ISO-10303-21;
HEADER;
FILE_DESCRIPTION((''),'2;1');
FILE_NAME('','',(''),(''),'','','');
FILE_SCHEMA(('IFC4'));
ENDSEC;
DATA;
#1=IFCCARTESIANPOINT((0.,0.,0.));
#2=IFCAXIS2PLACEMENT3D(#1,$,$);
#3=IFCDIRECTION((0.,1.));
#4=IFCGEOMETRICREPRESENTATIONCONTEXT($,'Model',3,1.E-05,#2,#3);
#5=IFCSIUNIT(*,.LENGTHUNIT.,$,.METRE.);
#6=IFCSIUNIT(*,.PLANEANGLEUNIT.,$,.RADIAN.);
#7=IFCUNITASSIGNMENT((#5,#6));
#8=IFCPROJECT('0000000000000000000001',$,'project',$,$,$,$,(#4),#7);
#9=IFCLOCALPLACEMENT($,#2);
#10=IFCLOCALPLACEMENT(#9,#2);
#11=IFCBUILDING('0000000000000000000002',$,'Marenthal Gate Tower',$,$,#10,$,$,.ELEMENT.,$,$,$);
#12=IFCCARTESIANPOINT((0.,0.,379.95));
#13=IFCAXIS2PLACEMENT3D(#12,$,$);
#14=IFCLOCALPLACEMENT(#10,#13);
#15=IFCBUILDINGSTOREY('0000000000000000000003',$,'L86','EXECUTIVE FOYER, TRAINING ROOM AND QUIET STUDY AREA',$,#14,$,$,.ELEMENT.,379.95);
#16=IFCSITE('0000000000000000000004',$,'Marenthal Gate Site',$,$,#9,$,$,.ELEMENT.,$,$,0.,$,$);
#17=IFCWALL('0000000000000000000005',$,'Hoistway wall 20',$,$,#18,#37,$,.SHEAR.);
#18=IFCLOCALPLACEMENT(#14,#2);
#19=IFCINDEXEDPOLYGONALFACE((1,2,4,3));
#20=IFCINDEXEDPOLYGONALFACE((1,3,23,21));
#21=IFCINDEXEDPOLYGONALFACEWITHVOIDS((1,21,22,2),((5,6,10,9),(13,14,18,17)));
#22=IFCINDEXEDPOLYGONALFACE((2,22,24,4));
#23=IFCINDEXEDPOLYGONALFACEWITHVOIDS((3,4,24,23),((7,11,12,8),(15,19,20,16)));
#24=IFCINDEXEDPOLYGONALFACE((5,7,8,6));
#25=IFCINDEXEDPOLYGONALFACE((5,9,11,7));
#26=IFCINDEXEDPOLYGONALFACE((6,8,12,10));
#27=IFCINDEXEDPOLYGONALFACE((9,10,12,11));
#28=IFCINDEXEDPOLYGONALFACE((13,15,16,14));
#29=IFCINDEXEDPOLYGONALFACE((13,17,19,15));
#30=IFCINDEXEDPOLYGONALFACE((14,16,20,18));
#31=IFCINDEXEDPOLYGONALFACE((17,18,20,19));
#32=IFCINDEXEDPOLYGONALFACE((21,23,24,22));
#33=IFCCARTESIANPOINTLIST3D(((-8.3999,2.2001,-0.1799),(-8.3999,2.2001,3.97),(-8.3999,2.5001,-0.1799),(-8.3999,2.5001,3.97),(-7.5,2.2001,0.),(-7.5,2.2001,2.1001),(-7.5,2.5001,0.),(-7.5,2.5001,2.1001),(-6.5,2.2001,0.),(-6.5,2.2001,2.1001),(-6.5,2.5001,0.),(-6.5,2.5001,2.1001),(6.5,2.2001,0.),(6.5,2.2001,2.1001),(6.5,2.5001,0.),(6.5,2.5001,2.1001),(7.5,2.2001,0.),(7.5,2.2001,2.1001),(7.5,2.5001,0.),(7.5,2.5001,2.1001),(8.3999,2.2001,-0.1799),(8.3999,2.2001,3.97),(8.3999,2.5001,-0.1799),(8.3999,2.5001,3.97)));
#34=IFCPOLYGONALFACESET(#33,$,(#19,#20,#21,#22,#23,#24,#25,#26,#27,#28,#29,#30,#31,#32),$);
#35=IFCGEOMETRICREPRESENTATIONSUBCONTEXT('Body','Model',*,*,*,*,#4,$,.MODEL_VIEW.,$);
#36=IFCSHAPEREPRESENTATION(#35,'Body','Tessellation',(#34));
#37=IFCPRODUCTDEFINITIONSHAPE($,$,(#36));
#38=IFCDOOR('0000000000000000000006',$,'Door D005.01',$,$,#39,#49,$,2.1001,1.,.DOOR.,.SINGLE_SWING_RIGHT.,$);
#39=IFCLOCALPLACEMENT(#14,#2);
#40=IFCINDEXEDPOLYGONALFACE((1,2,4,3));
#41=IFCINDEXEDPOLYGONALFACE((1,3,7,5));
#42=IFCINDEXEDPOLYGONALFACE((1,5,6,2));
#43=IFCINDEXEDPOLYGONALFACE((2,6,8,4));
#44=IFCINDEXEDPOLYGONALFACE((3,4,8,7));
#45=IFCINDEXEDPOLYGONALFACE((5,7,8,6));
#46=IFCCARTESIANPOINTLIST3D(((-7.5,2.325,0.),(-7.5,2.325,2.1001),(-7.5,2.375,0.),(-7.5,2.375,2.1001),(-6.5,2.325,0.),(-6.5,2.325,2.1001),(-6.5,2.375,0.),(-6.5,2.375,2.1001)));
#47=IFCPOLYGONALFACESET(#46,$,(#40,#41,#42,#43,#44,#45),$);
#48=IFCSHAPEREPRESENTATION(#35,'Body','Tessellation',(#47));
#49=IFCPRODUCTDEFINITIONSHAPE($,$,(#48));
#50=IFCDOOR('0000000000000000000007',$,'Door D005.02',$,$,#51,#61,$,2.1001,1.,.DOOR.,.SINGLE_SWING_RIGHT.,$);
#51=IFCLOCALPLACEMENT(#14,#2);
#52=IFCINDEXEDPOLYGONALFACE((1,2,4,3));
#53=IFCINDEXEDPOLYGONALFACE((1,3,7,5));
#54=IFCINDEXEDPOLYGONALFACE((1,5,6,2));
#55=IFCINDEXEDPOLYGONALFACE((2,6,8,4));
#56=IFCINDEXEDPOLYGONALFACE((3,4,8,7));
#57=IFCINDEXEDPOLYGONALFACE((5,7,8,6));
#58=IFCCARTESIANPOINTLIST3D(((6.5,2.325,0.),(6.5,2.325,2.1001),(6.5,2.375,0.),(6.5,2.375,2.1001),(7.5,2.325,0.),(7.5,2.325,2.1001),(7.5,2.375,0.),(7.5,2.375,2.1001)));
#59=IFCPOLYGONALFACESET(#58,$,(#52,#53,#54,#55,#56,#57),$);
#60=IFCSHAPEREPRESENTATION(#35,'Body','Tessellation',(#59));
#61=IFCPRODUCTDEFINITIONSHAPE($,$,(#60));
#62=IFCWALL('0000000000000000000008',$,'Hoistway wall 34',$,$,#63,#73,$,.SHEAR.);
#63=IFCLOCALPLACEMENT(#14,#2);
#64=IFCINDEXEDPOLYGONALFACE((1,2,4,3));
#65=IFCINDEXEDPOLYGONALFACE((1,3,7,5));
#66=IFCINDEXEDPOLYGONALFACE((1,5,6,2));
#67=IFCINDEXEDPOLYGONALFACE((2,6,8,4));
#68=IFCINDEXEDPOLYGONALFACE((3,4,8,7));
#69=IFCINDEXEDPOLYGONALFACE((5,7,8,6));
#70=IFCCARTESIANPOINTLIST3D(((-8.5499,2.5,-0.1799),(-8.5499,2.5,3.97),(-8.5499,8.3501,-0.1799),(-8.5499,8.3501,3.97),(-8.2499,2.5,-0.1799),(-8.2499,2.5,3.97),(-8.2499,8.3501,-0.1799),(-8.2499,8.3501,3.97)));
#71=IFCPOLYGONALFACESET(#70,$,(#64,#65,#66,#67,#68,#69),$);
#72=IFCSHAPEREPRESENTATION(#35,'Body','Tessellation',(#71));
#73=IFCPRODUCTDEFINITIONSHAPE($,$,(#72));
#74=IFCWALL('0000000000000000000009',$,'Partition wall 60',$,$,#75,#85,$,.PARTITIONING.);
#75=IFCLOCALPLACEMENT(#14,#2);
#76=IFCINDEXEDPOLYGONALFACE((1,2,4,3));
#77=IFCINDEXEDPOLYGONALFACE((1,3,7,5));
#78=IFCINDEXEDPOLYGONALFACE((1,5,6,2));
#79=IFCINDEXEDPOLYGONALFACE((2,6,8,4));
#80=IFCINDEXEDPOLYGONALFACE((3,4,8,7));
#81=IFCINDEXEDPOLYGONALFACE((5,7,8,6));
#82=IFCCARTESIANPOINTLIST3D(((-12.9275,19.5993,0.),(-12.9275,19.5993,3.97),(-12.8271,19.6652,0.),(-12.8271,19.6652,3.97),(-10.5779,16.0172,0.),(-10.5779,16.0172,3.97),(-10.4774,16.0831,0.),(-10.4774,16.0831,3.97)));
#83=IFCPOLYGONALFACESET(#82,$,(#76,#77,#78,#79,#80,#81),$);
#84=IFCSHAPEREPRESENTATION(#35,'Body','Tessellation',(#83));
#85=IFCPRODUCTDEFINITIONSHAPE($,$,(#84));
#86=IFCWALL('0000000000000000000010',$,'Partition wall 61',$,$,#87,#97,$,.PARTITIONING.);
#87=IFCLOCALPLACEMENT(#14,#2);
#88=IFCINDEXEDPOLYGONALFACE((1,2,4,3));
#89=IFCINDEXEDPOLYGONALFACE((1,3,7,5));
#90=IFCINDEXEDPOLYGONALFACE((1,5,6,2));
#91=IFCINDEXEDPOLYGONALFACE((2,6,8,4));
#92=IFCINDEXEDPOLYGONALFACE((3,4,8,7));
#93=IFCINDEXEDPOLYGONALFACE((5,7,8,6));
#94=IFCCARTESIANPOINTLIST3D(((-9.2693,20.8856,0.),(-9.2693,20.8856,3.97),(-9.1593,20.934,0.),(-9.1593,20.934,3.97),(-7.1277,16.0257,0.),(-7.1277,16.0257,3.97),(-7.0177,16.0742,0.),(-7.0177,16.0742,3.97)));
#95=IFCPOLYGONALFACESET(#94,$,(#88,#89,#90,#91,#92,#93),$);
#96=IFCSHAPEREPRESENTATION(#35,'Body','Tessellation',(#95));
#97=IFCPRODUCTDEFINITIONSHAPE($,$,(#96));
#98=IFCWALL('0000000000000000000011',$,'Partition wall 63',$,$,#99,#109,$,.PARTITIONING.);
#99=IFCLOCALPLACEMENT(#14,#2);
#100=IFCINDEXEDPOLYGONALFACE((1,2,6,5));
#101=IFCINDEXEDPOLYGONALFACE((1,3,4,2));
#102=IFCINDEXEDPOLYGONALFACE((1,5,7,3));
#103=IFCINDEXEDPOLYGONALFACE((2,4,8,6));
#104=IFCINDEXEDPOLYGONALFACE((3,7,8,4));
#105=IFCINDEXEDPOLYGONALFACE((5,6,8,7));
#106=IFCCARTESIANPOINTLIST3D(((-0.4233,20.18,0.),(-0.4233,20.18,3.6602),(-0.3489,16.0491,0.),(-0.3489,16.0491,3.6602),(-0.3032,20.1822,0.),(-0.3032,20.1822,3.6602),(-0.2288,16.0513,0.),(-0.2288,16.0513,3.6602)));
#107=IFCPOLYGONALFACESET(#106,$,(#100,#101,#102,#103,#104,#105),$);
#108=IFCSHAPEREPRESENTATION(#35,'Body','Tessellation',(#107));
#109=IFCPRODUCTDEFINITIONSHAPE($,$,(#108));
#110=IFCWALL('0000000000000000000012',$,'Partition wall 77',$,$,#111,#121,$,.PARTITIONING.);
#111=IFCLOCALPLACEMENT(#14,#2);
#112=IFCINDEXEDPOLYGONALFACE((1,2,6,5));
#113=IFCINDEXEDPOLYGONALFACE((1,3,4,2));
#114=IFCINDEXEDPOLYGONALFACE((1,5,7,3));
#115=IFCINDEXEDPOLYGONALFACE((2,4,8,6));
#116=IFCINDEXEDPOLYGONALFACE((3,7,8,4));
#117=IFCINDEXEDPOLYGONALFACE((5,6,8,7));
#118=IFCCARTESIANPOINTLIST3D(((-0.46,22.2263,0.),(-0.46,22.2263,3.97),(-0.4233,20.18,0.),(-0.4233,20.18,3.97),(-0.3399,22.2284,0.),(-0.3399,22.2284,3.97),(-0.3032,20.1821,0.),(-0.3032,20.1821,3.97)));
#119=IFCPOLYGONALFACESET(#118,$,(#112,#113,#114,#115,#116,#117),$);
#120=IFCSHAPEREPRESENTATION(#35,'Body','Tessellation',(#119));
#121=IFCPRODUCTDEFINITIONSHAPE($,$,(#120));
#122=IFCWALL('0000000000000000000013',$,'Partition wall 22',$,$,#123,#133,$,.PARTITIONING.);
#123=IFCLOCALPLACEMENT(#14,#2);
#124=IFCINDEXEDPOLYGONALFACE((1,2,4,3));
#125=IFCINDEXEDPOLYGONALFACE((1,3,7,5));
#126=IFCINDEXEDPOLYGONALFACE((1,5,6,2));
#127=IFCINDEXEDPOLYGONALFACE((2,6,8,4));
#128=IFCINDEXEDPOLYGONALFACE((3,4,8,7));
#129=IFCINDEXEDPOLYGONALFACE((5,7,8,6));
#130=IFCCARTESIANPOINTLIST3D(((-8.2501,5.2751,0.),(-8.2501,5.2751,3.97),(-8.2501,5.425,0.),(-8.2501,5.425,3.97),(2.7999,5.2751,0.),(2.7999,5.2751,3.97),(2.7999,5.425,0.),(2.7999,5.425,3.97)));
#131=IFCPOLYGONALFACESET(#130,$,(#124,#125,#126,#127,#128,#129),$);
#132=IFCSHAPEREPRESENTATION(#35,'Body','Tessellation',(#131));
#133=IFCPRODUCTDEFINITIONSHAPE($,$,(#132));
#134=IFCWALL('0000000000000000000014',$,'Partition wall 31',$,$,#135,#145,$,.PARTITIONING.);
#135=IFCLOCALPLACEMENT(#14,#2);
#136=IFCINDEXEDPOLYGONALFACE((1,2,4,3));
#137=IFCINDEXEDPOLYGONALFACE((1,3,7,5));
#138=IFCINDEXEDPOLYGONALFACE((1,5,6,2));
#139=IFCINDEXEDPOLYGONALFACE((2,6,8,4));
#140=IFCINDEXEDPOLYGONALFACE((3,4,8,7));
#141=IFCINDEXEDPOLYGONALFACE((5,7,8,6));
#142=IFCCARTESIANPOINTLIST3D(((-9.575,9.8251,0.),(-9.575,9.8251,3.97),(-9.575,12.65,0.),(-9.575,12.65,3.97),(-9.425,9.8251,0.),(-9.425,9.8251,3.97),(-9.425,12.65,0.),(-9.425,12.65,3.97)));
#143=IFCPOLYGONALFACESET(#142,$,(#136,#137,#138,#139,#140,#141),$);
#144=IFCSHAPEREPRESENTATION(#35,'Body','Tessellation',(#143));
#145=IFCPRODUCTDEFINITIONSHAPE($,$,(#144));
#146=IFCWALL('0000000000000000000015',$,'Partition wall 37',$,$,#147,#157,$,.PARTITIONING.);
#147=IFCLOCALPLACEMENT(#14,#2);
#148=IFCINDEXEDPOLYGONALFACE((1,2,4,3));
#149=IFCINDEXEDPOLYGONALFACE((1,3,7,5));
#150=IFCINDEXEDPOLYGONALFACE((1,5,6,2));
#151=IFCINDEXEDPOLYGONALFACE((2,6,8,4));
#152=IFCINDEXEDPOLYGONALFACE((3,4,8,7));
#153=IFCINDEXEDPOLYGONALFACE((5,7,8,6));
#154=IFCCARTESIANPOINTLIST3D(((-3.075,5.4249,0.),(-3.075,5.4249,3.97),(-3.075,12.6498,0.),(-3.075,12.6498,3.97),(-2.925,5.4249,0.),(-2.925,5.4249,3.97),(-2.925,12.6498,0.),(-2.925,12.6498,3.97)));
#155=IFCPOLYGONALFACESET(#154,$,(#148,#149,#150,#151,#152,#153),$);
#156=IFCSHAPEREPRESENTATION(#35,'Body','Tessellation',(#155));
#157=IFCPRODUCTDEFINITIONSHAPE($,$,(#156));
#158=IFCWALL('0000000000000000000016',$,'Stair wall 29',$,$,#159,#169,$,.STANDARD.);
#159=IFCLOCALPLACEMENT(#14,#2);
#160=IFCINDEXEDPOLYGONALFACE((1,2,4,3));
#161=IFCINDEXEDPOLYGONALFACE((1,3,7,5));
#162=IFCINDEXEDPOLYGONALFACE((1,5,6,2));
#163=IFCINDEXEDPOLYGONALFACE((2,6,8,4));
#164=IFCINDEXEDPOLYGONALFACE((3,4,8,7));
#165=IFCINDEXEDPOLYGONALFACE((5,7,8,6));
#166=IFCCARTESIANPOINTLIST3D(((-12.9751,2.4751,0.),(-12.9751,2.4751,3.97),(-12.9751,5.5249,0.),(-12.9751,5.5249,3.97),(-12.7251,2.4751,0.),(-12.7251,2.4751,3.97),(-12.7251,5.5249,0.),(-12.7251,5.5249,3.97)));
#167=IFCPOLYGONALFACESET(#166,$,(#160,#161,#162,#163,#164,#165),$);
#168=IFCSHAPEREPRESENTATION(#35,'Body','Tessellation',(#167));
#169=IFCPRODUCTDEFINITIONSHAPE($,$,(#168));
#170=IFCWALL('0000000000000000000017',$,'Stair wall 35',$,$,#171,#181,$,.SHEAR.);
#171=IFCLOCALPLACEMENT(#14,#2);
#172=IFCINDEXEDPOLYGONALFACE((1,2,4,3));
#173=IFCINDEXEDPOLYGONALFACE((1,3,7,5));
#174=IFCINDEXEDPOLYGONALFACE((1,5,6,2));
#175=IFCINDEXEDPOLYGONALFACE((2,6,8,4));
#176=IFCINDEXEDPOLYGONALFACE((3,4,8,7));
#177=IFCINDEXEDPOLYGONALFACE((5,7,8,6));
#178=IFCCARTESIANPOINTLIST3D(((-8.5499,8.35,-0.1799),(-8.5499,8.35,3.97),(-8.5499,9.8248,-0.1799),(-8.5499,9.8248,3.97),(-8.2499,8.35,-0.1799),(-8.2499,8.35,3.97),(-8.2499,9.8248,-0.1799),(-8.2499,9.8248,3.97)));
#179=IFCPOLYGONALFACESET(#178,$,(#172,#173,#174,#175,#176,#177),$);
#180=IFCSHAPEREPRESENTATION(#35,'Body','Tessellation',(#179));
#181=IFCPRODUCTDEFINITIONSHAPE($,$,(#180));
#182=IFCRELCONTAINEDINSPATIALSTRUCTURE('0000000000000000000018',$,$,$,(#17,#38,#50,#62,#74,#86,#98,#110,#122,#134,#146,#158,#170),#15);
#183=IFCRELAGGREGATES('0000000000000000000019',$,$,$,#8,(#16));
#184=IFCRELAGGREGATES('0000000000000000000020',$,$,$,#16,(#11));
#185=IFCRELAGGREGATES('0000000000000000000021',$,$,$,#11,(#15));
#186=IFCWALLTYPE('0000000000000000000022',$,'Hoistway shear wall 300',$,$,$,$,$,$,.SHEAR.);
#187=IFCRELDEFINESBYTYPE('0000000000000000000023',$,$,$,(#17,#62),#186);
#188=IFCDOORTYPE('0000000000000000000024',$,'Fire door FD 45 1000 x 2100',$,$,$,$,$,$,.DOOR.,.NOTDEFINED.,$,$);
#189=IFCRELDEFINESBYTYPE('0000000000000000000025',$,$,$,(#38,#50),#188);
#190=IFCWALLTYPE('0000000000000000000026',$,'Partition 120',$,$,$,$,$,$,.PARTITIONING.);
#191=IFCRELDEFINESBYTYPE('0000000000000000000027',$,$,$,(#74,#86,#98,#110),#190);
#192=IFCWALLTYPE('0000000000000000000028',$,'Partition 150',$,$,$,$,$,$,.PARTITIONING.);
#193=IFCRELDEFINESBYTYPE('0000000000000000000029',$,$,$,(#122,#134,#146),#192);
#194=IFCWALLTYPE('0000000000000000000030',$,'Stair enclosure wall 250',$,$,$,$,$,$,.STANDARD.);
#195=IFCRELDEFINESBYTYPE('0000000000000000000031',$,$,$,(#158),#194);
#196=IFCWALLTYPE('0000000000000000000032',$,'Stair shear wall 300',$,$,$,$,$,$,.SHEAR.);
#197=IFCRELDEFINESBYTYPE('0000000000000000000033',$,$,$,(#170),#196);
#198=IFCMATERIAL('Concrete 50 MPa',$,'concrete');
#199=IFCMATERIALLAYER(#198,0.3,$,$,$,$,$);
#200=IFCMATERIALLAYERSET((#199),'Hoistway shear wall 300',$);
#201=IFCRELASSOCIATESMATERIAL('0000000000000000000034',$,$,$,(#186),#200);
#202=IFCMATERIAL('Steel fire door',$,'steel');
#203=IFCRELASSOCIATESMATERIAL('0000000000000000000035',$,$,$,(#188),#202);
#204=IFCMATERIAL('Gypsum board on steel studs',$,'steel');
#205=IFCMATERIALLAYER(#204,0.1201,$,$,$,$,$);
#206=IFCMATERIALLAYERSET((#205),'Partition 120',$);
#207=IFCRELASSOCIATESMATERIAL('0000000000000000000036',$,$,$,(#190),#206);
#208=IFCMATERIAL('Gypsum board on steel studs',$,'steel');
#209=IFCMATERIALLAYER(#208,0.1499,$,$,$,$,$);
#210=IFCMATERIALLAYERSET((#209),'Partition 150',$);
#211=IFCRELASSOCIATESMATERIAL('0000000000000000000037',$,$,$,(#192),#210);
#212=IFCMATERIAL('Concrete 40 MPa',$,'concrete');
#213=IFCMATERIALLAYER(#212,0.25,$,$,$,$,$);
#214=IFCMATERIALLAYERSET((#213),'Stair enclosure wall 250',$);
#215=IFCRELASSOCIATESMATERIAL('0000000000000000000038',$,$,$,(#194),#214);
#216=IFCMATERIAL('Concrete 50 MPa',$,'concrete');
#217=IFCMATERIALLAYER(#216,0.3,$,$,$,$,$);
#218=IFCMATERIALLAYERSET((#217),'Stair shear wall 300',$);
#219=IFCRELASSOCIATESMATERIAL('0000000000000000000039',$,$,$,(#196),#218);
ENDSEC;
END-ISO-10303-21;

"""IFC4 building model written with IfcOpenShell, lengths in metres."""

from ifc_helpers import new_model, si_unit, direction, frame, frame_2d, origin, place, context, subcontext, project, spatial, rectangle, extrude, material, layer, layer_set, type_object, element, fill, save


model = new_model("IFC4")

# Units and contexts
model_context = context("Model", 3, precision=1e-05, world=origin(), true_north=direction((0.0, 1.0)))
body_context = subcontext(model_context, "Body", "Model", "MODEL_VIEW")
ifc_project = project(units=[si_unit("LENGTHUNIT", "METRE"), si_unit("PLANEANGLEUNIT", "RADIAN")], contexts=[model_context])

# Site, building, storey
site_placement = place(None, origin())
site = spatial("IfcSite", under=ifc_project, at=site_placement, Name="Marenthal Gate Site", CompositionType="ELEMENT", RefElevation=0.0)
building_placement = place(site_placement, origin())
building = spatial("IfcBuilding", under=site, at=building_placement, Name="Marenthal Gate Tower", CompositionType="ELEMENT")
storey_placement = place(building_placement, frame((0.0, 0.0, 379.95)))
storey = spatial("IfcBuildingStorey", under=building, at=storey_placement, Name="L86", Description="EXECUTIVE FOYER, TRAINING ROOM AND QUIET STUDY AREA", CompositionType="ELEMENT", Elevation=379.95)

# Wall, openings, doors
ifc_material_1 = material(Name="Concrete 50 MPa", Category="concrete")
ifc_layer_1 = layer(ifc_material_1, 0.3)
ifc_layer_set_1 = layer_set([ifc_layer_1], Name="Hoistway shear wall 300")
wall_type_1 = type_object("IfcWallType", Name="Hoistway shear wall 300", PredefinedType="SHEAR", material=ifc_layer_set_1)
wall_1_placement = place(storey_placement, frame((-8.3999, 2.3501, -0.1799), z_axis=(0.0, 0.0, 1.0), x_axis=(1.0, 0.0, 0.0)))
wall_1 = element("IfcWall", 1, at=wall_1_placement, inside=storey, type_object=wall_type_1, Name="Hoistway wall 20", PredefinedType="SHEAR", context=body_context, shape_type="SweptSolid", body=[
    extrude(rectangle(XDim=16.7998, YDim=0.3, at=frame_2d((8.3999, 0.0))), origin(), (0.0, 0.0, 1.0), 4.1499),
])
opening_1_placement = place(wall_1_placement, frame((0.8999, 0.0, 0.1799)))
opening_1 = element("IfcOpeningElement", 2, at=opening_1_placement, cuts=wall_1, PredefinedType="OPENING", context=body_context, shape_type="SweptSolid", body=[
    extrude(rectangle(XDim=1.0, YDim=2.1001, at=frame_2d((0.5, 1.05))), frame((0.0, 0.1602, 0.0), z_axis=(0.0, -1.0, 0.0), x_axis=(1.0, 0.0, 0.0)), (0.0, 0.0, 1.0), 0.3201),
])
opening_2_placement = place(wall_1_placement, frame((14.8999, 0.0, 0.1799)))
opening_2 = element("IfcOpeningElement", 3, at=opening_2_placement, cuts=wall_1, PredefinedType="OPENING", context=body_context, shape_type="SweptSolid", body=[
    extrude(rectangle(XDim=1.0, YDim=2.1001, at=frame_2d((0.5, 1.05))), frame((0.0, 0.1602, 0.0), z_axis=(0.0, -1.0, 0.0), x_axis=(1.0, 0.0, 0.0)), (0.0, 0.0, 1.0), 0.3201),
])
ifc_material_2 = material(Name="Steel fire door", Category="steel")
door_type_1 = type_object("IfcDoorType", Name="Fire door FD 45 1000 x 2100", OperationType="NOTDEFINED", PredefinedType="DOOR", material=ifc_material_2)
door_1_placement = place(opening_1_placement, origin())
door_1 = element("IfcDoor", 4, at=door_1_placement, inside=storey, type_object=door_type_1, Name="Door D005.01", OperationType="SINGLE_SWING_RIGHT", OverallHeight=2.1001, OverallWidth=1.0, PredefinedType="DOOR", context=body_context, shape_type="SweptSolid", body=[
    extrude(rectangle(XDim=1.0, YDim=2.1001, at=frame_2d((0.5, 1.05))), frame((0.0, 0.0249, 0.0), z_axis=(0.0, -1.0, 0.0), x_axis=(1.0, 0.0, 0.0)), (0.0, 0.0, 1.0), 0.05),
])
fill(opening_1, door_1)
door_2_placement = place(opening_2_placement, origin())
door_2 = element("IfcDoor", 5, at=door_2_placement, inside=storey, type_object=door_type_1, Name="Door D005.02", OperationType="SINGLE_SWING_RIGHT", OverallHeight=2.1001, OverallWidth=1.0, PredefinedType="DOOR", context=body_context, shape_type="SweptSolid", body=[
    extrude(rectangle(XDim=1.0, YDim=2.1001, at=frame_2d((0.5, 1.05))), frame((0.0, 0.0249, 0.0), z_axis=(0.0, -1.0, 0.0), x_axis=(1.0, 0.0, 0.0)), (0.0, 0.0, 1.0), 0.05),
])
fill(opening_2, door_2)

# Walls
wall_2_placement = place(storey_placement, frame((-8.3999, 2.5, -0.1799), z_axis=(0.0, 0.0, 1.0), x_axis=(0.0, 1.0, 0.0)))
element("IfcWall", 6, at=wall_2_placement, inside=storey, type_object=wall_type_1, Name="Hoistway wall 34", PredefinedType="SHEAR", context=body_context, shape_type="SweptSolid", body=[
    extrude(rectangle(XDim=5.8501, YDim=0.3, at=frame_2d((2.925, 0.0))), origin(), (0.0, 0.0, 1.0), 4.1499),
])
ifc_material_3 = material(Name="Gypsum board on steel studs", Category="steel")
ifc_layer_2 = layer(ifc_material_3, 0.1201)
ifc_layer_set_2 = layer_set([ifc_layer_2], Name="Partition 120")
wall_type_2 = type_object("IfcWallType", Name="Partition 120", PredefinedType="PARTITIONING", material=ifc_layer_set_2)
wall_3_placement = place(storey_placement, frame((-10.5276, 16.05, 0.0), z_axis=(0.0, 0.0, 1.0), x_axis=(-0.548477, 0.836166, 0.0)))
element("IfcWall", 7, at=wall_3_placement, inside=storey, type_object=wall_type_2, Name="Partition wall 60", PredefinedType="PARTITIONING", context=body_context, shape_type="SweptSolid", body=[
    extrude(rectangle(XDim=4.2839, YDim=0.1201, at=frame_2d((2.1421, 0.0))), origin(), (0.0, 0.0, 1.0), 3.97),
])
wall_4_placement = place(storey_placement, frame((-7.0728, 16.05, 0.0), z_axis=(0.0, 0.0, 1.0), x_axis=(-0.403253, 0.915088, 0.0)))
element("IfcWall", 8, at=wall_4_placement, inside=storey, type_object=wall_type_2, Name="Partition wall 61", PredefinedType="PARTITIONING", context=body_context, shape_type="SweptSolid", body=[
    extrude(rectangle(XDim=5.3108, YDim=0.1201, at=frame_2d((2.6553, 0.0))), origin(), (0.0, 0.0, 1.0), 3.97),
])
wall_5_placement = place(storey_placement, frame((-0.2888, 16.05, 0.0), z_axis=(0.0, 0.0, 1.0), x_axis=(-0.018023, 0.999838, 0.0)))
element("IfcWall", 9, at=wall_5_placement, inside=storey, type_object=wall_type_2, Name="Partition wall 63", PredefinedType="PARTITIONING", context=body_context, shape_type="SweptSolid", body=[
    extrude(rectangle(XDim=4.1316, YDim=0.1201, at=frame_2d((2.0659, 0.0))), origin(), (0.0, 0.0, 1.0), 3.6602),
])
wall_6_placement = place(storey_placement, frame((-0.3633, 20.1809, 0.0), z_axis=(0.0, 0.0, 1.0), x_axis=(-0.017893, 0.99984, 0.0)))
element("IfcWall", 10, at=wall_6_placement, inside=storey, type_object=wall_type_2, Name="Partition wall 77", PredefinedType="PARTITIONING", context=body_context, shape_type="SweptSolid", body=[
    extrude(rectangle(XDim=2.0466, YDim=0.1201, at=frame_2d((1.0234, 0.0))), origin(), (0.0, 0.0, 1.0), 3.97),
])
ifc_material_4 = material(Name="Gypsum board on steel studs", Category="steel")
ifc_layer_3 = layer(ifc_material_4, 0.1499)
ifc_layer_set_3 = layer_set([ifc_layer_3], Name="Partition 150")
wall_type_3 = type_object("IfcWallType", Name="Partition 150", PredefinedType="PARTITIONING", material=ifc_layer_set_3)
wall_7_placement = place(storey_placement, frame((-8.25, 5.3501, 0.0), z_axis=(0.0, 0.0, 1.0), x_axis=(1.0, 0.0, 0.0)))
element("IfcWall", 11, at=wall_7_placement, inside=storey, type_object=wall_type_3, Name="Partition wall 22", PredefinedType="PARTITIONING", context=body_context, shape_type="SweptSolid", body=[
    extrude(rectangle(XDim=11.05, YDim=0.1499, at=frame_2d((5.5249, 0.0))), origin(), (0.0, 0.0, 1.0), 3.97),
])
wall_8_placement = place(storey_placement, frame((-9.5, 9.825, 0.0), z_axis=(0.0, 0.0, 1.0), x_axis=(0.0, 1.0, 0.0)))
element("IfcWall", 12, at=wall_8_placement, inside=storey, type_object=wall_type_3, Name="Partition wall 31", PredefinedType="PARTITIONING", context=body_context, shape_type="SweptSolid", body=[
    extrude(rectangle(XDim=2.825, YDim=0.1499, at=frame_2d((1.4126, 0.0))), origin(), (0.0, 0.0, 1.0), 3.97),
])
wall_9_placement = place(storey_placement, frame((-3.0, 5.425, 0.0), z_axis=(0.0, 0.0, 1.0), x_axis=(0.0, 1.0, 0.0)))
element("IfcWall", 13, at=wall_9_placement, inside=storey, type_object=wall_type_3, Name="Partition wall 37", PredefinedType="PARTITIONING", context=body_context, shape_type="SweptSolid", body=[
    extrude(rectangle(XDim=7.2249, YDim=0.1499, at=frame_2d((3.6123, 0.0))), origin(), (0.0, 0.0, 1.0), 3.97),
])
ifc_material_5 = material(Name="Concrete 40 MPa", Category="concrete")
ifc_layer_4 = layer(ifc_material_5, 0.25)
ifc_layer_set_4 = layer_set([ifc_layer_4], Name="Stair enclosure wall 250")
wall_type_4 = type_object("IfcWallType", Name="Stair enclosure wall 250", PredefinedType="STANDARD", material=ifc_layer_set_4)
wall_10_placement = place(storey_placement, frame((-12.8501, 2.4751, 0.0), z_axis=(0.0, 0.0, 1.0), x_axis=(0.0, 1.0, 0.0)))
element("IfcWall", 14, at=wall_10_placement, inside=storey, type_object=wall_type_4, Name="Stair wall 29", PredefinedType="STANDARD", context=body_context, shape_type="SweptSolid", body=[
    extrude(rectangle(XDim=3.0498, YDim=0.25, at=frame_2d((1.5249, 0.0))), origin(), (0.0, 0.0, 1.0), 3.97),
])
ifc_material_6 = material(Name="Concrete 50 MPa", Category="concrete")
ifc_layer_5 = layer(ifc_material_6, 0.3)
ifc_layer_set_5 = layer_set([ifc_layer_5], Name="Stair shear wall 300")
wall_type_5 = type_object("IfcWallType", Name="Stair shear wall 300", PredefinedType="SHEAR", material=ifc_layer_set_5)
wall_11_placement = place(storey_placement, frame((-8.3999, 8.3501, -0.1799), z_axis=(0.0, 0.0, 1.0), x_axis=(0.0, 1.0, 0.0)))
element("IfcWall", 15, at=wall_11_placement, inside=storey, type_object=wall_type_5, Name="Stair wall 35", PredefinedType="SHEAR", context=body_context, shape_type="SweptSolid", body=[
    extrude(rectangle(XDim=1.4749, YDim=0.3, at=frame_2d((0.7373, 0.0))), origin(), (0.0, 0.0, 1.0), 4.1499),
])

save(model, "model.ifc")
